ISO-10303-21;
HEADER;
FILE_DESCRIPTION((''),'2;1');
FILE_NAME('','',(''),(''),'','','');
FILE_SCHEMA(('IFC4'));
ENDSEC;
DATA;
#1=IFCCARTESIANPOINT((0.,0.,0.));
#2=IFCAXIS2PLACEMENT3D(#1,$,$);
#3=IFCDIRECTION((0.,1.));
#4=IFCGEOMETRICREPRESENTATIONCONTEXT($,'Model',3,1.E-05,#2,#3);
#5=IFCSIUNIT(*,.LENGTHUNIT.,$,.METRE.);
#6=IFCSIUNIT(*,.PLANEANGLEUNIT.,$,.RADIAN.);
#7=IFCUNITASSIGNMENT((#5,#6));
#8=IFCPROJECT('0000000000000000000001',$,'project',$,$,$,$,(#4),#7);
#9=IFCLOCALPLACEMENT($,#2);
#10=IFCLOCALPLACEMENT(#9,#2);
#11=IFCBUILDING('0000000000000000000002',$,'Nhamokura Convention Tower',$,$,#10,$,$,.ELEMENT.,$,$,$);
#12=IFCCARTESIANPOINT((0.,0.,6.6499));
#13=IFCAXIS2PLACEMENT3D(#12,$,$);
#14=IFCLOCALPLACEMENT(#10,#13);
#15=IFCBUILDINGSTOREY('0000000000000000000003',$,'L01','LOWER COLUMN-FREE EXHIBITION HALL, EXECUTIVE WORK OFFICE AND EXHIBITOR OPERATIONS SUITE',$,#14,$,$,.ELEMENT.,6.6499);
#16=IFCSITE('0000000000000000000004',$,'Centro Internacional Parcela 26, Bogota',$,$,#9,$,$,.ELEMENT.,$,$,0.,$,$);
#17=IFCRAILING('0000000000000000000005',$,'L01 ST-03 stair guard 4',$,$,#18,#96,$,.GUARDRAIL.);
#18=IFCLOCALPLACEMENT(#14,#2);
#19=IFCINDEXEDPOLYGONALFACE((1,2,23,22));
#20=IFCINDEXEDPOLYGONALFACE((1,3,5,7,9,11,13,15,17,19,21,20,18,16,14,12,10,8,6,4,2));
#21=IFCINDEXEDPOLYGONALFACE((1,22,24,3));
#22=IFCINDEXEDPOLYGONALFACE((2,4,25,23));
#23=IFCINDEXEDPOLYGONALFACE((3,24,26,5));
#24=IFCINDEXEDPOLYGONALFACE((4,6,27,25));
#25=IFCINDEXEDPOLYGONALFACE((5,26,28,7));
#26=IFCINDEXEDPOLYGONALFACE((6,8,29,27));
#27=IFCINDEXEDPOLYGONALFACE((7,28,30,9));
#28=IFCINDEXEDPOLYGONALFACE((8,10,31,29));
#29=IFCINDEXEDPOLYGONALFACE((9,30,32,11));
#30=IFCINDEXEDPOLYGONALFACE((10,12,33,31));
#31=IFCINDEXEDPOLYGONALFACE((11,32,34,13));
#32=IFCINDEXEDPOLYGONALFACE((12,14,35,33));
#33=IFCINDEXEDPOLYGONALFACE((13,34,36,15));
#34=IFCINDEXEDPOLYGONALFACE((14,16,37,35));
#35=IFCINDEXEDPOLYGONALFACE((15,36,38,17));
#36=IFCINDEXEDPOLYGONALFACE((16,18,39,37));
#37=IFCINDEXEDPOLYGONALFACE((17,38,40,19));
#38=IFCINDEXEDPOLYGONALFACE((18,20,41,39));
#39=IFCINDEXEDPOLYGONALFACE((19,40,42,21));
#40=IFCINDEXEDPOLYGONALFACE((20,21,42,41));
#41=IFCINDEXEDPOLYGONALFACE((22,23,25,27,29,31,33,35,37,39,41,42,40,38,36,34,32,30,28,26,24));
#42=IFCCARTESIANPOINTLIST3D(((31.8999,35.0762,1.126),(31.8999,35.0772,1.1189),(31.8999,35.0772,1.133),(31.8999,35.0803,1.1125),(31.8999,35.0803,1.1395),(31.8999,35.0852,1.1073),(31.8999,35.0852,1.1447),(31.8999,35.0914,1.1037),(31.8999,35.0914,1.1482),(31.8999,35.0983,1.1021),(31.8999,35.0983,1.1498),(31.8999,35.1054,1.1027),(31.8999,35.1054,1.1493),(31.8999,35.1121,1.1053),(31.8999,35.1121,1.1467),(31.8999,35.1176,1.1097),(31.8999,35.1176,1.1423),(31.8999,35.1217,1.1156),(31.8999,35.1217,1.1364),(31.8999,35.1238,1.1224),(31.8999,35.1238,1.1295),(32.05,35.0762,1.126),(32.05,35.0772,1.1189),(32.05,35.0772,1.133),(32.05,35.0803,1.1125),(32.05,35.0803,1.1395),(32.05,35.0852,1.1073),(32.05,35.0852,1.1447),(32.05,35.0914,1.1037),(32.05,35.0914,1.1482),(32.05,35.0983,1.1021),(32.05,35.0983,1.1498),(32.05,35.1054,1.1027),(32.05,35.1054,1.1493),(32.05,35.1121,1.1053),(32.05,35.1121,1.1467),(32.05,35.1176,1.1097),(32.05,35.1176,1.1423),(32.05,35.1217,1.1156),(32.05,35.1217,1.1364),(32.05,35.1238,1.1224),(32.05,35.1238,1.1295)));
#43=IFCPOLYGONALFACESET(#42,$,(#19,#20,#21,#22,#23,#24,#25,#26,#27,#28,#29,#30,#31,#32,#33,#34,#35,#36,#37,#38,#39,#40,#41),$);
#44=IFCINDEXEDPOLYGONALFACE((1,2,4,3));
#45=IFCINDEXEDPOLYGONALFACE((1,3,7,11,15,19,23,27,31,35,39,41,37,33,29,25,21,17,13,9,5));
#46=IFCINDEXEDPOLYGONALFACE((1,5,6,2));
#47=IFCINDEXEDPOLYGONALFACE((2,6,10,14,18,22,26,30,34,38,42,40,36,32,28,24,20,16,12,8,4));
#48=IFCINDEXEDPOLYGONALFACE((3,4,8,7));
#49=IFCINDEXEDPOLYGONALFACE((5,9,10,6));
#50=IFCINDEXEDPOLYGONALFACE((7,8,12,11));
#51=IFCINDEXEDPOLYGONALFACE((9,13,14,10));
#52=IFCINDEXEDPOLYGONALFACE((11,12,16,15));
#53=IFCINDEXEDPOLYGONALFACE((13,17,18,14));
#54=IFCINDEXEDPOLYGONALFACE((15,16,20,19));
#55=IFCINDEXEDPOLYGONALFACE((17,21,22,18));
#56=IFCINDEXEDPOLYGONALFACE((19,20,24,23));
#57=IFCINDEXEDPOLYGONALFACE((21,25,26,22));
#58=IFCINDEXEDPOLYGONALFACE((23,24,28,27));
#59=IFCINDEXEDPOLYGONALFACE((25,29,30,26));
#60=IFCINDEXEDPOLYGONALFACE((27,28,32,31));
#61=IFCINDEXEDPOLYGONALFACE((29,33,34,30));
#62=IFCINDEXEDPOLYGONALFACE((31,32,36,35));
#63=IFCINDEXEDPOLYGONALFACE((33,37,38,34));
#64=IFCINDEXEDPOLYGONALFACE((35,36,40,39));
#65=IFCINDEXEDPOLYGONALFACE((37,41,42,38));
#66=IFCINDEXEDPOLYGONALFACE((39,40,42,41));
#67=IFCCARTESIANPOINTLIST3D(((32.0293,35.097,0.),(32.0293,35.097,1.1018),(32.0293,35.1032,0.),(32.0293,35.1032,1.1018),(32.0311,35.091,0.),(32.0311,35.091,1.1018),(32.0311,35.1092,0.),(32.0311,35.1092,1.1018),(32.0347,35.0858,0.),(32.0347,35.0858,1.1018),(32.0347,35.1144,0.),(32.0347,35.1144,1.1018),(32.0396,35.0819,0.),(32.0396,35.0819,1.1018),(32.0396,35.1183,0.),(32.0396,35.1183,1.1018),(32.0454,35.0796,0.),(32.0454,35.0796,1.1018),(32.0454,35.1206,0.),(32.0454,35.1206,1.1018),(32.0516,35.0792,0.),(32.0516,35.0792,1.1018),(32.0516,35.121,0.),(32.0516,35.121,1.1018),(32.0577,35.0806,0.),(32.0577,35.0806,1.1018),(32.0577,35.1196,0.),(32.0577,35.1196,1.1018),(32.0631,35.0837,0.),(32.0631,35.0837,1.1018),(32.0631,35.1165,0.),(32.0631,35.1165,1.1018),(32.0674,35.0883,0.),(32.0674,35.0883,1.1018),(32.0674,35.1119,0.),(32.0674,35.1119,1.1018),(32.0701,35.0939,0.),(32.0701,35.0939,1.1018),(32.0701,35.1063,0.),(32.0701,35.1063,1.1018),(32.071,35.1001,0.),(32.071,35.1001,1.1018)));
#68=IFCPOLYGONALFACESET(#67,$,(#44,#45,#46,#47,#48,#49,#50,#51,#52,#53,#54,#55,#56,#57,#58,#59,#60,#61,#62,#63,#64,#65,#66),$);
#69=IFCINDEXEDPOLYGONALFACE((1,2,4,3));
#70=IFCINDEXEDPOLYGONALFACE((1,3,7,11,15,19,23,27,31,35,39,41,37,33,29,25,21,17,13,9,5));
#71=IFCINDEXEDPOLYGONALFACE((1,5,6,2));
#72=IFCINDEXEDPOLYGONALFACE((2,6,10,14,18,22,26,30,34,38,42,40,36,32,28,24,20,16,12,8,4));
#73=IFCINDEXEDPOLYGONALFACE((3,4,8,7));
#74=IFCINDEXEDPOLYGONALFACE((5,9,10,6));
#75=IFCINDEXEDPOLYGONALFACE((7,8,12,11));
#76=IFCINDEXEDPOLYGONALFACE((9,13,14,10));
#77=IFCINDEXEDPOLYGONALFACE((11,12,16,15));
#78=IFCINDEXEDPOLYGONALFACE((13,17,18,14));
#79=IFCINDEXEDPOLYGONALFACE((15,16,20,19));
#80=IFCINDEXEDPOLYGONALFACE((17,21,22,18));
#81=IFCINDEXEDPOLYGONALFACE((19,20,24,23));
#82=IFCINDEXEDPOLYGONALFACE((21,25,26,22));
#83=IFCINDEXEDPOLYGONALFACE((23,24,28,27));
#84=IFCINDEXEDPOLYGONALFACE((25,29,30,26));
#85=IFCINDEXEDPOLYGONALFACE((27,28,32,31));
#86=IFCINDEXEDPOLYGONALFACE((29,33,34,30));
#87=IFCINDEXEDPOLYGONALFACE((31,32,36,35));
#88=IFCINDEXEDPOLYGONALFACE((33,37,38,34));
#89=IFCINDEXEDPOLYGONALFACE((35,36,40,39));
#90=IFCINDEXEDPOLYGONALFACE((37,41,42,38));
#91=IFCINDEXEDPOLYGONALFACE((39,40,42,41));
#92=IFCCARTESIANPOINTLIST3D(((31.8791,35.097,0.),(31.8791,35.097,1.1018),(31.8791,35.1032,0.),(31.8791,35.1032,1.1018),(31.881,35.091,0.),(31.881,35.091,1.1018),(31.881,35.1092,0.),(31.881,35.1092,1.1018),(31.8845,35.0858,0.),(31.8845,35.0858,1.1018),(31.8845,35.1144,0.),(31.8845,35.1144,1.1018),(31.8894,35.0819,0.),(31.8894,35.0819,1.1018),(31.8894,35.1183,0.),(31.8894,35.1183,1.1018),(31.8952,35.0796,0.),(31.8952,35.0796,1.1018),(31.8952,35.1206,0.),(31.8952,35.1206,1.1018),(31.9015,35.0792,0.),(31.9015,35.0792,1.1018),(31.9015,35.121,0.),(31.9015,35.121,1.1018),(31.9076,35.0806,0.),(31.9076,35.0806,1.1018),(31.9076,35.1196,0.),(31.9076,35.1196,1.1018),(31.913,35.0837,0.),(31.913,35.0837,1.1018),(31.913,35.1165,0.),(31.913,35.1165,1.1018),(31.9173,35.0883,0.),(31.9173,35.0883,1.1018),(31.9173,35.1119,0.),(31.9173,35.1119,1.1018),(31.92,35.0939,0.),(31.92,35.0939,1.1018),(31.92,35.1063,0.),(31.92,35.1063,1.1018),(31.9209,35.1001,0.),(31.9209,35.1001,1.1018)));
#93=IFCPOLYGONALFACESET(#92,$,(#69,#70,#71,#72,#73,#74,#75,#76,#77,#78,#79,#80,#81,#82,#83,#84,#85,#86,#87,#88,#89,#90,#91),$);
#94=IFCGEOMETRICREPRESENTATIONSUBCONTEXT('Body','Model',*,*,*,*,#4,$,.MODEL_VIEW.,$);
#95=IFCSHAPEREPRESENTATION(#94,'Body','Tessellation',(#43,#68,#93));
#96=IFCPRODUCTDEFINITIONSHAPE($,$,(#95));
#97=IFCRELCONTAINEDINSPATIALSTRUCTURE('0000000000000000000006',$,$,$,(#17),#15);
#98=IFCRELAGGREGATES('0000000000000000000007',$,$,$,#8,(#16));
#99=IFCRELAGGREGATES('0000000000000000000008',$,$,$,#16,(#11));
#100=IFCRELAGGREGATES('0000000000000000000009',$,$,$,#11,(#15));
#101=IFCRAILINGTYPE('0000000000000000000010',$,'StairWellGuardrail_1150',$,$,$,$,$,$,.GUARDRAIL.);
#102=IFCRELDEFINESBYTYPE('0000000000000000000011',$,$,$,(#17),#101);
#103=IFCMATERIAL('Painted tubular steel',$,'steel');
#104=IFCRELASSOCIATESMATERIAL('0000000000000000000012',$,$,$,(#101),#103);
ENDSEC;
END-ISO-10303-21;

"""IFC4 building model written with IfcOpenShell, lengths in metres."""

from ifc_helpers import new_model, si_unit, direction, frame, origin, origin_2d, place, context, subcontext, project, spatial, circle, extrude, material, type_object, element, save


model = new_model("IFC4")

# Units and contexts
model_context = context("Model", 3, precision=1e-05, world=origin(), true_north=direction((0.0, 1.0)))
body_context = subcontext(model_context, "Body", "Model", "MODEL_VIEW")
ifc_project = project(units=[si_unit("LENGTHUNIT", "METRE"), si_unit("PLANEANGLEUNIT", "RADIAN")], contexts=[model_context])

# Site, building, storey
site_placement = place(None, origin())
site = spatial("IfcSite", under=ifc_project, at=site_placement, Name="Centro Internacional Parcela 26, Bogota", CompositionType="ELEMENT", RefElevation=0.0)
building_placement = place(site_placement, origin())
building = spatial("IfcBuilding", under=site, at=building_placement, Name="Nhamokura Convention Tower", CompositionType="ELEMENT")
storey_placement = place(building_placement, frame((0.0, 0.0, 6.6499)))
storey = spatial("IfcBuildingStorey", under=building, at=storey_placement, Name="L01", Description="LOWER COLUMN-FREE EXHIBITION HALL, EXECUTIVE WORK OFFICE AND EXHIBITOR OPERATIONS SUITE", CompositionType="ELEMENT", Elevation=6.6499)

# Railing
ifc_material_1 = material(Name="Painted tubular steel", Category="steel")
railing_type_1 = type_object("IfcRailingType", Name="StairWellGuardrail_1150", PredefinedType="GUARDRAIL", material=ifc_material_1)
railing_1_placement = place(storey_placement, frame((32.05, 35.1001, 0.0)))
element("IfcRailing", 1, at=railing_1_placement, inside=storey, type_object=railing_type_1, Name="L01 ST-03 stair guard 4", PredefinedType="GUARDRAIL", context=body_context, shape_type="SweptSolid", body=[
    extrude(circle(Radius=0.0239, at=origin_2d()), frame((0.0, 0.0, 1.126), z_axis=(-1.0, 0.0, 0.0), x_axis=(0.0, -1.0, 0.0)), (0.0, 0.0, 1.0), 0.1501),
    extrude(circle(Radius=0.021, at=origin_2d()), origin(), (0.0, 0.0, 1.0), 1.1018),
    extrude(circle(Radius=0.021, at=origin_2d()), frame((-0.1501, 0.0, 0.0)), (0.0, 0.0, 1.0), 1.1018),
])

save(model, "model.ifc")
